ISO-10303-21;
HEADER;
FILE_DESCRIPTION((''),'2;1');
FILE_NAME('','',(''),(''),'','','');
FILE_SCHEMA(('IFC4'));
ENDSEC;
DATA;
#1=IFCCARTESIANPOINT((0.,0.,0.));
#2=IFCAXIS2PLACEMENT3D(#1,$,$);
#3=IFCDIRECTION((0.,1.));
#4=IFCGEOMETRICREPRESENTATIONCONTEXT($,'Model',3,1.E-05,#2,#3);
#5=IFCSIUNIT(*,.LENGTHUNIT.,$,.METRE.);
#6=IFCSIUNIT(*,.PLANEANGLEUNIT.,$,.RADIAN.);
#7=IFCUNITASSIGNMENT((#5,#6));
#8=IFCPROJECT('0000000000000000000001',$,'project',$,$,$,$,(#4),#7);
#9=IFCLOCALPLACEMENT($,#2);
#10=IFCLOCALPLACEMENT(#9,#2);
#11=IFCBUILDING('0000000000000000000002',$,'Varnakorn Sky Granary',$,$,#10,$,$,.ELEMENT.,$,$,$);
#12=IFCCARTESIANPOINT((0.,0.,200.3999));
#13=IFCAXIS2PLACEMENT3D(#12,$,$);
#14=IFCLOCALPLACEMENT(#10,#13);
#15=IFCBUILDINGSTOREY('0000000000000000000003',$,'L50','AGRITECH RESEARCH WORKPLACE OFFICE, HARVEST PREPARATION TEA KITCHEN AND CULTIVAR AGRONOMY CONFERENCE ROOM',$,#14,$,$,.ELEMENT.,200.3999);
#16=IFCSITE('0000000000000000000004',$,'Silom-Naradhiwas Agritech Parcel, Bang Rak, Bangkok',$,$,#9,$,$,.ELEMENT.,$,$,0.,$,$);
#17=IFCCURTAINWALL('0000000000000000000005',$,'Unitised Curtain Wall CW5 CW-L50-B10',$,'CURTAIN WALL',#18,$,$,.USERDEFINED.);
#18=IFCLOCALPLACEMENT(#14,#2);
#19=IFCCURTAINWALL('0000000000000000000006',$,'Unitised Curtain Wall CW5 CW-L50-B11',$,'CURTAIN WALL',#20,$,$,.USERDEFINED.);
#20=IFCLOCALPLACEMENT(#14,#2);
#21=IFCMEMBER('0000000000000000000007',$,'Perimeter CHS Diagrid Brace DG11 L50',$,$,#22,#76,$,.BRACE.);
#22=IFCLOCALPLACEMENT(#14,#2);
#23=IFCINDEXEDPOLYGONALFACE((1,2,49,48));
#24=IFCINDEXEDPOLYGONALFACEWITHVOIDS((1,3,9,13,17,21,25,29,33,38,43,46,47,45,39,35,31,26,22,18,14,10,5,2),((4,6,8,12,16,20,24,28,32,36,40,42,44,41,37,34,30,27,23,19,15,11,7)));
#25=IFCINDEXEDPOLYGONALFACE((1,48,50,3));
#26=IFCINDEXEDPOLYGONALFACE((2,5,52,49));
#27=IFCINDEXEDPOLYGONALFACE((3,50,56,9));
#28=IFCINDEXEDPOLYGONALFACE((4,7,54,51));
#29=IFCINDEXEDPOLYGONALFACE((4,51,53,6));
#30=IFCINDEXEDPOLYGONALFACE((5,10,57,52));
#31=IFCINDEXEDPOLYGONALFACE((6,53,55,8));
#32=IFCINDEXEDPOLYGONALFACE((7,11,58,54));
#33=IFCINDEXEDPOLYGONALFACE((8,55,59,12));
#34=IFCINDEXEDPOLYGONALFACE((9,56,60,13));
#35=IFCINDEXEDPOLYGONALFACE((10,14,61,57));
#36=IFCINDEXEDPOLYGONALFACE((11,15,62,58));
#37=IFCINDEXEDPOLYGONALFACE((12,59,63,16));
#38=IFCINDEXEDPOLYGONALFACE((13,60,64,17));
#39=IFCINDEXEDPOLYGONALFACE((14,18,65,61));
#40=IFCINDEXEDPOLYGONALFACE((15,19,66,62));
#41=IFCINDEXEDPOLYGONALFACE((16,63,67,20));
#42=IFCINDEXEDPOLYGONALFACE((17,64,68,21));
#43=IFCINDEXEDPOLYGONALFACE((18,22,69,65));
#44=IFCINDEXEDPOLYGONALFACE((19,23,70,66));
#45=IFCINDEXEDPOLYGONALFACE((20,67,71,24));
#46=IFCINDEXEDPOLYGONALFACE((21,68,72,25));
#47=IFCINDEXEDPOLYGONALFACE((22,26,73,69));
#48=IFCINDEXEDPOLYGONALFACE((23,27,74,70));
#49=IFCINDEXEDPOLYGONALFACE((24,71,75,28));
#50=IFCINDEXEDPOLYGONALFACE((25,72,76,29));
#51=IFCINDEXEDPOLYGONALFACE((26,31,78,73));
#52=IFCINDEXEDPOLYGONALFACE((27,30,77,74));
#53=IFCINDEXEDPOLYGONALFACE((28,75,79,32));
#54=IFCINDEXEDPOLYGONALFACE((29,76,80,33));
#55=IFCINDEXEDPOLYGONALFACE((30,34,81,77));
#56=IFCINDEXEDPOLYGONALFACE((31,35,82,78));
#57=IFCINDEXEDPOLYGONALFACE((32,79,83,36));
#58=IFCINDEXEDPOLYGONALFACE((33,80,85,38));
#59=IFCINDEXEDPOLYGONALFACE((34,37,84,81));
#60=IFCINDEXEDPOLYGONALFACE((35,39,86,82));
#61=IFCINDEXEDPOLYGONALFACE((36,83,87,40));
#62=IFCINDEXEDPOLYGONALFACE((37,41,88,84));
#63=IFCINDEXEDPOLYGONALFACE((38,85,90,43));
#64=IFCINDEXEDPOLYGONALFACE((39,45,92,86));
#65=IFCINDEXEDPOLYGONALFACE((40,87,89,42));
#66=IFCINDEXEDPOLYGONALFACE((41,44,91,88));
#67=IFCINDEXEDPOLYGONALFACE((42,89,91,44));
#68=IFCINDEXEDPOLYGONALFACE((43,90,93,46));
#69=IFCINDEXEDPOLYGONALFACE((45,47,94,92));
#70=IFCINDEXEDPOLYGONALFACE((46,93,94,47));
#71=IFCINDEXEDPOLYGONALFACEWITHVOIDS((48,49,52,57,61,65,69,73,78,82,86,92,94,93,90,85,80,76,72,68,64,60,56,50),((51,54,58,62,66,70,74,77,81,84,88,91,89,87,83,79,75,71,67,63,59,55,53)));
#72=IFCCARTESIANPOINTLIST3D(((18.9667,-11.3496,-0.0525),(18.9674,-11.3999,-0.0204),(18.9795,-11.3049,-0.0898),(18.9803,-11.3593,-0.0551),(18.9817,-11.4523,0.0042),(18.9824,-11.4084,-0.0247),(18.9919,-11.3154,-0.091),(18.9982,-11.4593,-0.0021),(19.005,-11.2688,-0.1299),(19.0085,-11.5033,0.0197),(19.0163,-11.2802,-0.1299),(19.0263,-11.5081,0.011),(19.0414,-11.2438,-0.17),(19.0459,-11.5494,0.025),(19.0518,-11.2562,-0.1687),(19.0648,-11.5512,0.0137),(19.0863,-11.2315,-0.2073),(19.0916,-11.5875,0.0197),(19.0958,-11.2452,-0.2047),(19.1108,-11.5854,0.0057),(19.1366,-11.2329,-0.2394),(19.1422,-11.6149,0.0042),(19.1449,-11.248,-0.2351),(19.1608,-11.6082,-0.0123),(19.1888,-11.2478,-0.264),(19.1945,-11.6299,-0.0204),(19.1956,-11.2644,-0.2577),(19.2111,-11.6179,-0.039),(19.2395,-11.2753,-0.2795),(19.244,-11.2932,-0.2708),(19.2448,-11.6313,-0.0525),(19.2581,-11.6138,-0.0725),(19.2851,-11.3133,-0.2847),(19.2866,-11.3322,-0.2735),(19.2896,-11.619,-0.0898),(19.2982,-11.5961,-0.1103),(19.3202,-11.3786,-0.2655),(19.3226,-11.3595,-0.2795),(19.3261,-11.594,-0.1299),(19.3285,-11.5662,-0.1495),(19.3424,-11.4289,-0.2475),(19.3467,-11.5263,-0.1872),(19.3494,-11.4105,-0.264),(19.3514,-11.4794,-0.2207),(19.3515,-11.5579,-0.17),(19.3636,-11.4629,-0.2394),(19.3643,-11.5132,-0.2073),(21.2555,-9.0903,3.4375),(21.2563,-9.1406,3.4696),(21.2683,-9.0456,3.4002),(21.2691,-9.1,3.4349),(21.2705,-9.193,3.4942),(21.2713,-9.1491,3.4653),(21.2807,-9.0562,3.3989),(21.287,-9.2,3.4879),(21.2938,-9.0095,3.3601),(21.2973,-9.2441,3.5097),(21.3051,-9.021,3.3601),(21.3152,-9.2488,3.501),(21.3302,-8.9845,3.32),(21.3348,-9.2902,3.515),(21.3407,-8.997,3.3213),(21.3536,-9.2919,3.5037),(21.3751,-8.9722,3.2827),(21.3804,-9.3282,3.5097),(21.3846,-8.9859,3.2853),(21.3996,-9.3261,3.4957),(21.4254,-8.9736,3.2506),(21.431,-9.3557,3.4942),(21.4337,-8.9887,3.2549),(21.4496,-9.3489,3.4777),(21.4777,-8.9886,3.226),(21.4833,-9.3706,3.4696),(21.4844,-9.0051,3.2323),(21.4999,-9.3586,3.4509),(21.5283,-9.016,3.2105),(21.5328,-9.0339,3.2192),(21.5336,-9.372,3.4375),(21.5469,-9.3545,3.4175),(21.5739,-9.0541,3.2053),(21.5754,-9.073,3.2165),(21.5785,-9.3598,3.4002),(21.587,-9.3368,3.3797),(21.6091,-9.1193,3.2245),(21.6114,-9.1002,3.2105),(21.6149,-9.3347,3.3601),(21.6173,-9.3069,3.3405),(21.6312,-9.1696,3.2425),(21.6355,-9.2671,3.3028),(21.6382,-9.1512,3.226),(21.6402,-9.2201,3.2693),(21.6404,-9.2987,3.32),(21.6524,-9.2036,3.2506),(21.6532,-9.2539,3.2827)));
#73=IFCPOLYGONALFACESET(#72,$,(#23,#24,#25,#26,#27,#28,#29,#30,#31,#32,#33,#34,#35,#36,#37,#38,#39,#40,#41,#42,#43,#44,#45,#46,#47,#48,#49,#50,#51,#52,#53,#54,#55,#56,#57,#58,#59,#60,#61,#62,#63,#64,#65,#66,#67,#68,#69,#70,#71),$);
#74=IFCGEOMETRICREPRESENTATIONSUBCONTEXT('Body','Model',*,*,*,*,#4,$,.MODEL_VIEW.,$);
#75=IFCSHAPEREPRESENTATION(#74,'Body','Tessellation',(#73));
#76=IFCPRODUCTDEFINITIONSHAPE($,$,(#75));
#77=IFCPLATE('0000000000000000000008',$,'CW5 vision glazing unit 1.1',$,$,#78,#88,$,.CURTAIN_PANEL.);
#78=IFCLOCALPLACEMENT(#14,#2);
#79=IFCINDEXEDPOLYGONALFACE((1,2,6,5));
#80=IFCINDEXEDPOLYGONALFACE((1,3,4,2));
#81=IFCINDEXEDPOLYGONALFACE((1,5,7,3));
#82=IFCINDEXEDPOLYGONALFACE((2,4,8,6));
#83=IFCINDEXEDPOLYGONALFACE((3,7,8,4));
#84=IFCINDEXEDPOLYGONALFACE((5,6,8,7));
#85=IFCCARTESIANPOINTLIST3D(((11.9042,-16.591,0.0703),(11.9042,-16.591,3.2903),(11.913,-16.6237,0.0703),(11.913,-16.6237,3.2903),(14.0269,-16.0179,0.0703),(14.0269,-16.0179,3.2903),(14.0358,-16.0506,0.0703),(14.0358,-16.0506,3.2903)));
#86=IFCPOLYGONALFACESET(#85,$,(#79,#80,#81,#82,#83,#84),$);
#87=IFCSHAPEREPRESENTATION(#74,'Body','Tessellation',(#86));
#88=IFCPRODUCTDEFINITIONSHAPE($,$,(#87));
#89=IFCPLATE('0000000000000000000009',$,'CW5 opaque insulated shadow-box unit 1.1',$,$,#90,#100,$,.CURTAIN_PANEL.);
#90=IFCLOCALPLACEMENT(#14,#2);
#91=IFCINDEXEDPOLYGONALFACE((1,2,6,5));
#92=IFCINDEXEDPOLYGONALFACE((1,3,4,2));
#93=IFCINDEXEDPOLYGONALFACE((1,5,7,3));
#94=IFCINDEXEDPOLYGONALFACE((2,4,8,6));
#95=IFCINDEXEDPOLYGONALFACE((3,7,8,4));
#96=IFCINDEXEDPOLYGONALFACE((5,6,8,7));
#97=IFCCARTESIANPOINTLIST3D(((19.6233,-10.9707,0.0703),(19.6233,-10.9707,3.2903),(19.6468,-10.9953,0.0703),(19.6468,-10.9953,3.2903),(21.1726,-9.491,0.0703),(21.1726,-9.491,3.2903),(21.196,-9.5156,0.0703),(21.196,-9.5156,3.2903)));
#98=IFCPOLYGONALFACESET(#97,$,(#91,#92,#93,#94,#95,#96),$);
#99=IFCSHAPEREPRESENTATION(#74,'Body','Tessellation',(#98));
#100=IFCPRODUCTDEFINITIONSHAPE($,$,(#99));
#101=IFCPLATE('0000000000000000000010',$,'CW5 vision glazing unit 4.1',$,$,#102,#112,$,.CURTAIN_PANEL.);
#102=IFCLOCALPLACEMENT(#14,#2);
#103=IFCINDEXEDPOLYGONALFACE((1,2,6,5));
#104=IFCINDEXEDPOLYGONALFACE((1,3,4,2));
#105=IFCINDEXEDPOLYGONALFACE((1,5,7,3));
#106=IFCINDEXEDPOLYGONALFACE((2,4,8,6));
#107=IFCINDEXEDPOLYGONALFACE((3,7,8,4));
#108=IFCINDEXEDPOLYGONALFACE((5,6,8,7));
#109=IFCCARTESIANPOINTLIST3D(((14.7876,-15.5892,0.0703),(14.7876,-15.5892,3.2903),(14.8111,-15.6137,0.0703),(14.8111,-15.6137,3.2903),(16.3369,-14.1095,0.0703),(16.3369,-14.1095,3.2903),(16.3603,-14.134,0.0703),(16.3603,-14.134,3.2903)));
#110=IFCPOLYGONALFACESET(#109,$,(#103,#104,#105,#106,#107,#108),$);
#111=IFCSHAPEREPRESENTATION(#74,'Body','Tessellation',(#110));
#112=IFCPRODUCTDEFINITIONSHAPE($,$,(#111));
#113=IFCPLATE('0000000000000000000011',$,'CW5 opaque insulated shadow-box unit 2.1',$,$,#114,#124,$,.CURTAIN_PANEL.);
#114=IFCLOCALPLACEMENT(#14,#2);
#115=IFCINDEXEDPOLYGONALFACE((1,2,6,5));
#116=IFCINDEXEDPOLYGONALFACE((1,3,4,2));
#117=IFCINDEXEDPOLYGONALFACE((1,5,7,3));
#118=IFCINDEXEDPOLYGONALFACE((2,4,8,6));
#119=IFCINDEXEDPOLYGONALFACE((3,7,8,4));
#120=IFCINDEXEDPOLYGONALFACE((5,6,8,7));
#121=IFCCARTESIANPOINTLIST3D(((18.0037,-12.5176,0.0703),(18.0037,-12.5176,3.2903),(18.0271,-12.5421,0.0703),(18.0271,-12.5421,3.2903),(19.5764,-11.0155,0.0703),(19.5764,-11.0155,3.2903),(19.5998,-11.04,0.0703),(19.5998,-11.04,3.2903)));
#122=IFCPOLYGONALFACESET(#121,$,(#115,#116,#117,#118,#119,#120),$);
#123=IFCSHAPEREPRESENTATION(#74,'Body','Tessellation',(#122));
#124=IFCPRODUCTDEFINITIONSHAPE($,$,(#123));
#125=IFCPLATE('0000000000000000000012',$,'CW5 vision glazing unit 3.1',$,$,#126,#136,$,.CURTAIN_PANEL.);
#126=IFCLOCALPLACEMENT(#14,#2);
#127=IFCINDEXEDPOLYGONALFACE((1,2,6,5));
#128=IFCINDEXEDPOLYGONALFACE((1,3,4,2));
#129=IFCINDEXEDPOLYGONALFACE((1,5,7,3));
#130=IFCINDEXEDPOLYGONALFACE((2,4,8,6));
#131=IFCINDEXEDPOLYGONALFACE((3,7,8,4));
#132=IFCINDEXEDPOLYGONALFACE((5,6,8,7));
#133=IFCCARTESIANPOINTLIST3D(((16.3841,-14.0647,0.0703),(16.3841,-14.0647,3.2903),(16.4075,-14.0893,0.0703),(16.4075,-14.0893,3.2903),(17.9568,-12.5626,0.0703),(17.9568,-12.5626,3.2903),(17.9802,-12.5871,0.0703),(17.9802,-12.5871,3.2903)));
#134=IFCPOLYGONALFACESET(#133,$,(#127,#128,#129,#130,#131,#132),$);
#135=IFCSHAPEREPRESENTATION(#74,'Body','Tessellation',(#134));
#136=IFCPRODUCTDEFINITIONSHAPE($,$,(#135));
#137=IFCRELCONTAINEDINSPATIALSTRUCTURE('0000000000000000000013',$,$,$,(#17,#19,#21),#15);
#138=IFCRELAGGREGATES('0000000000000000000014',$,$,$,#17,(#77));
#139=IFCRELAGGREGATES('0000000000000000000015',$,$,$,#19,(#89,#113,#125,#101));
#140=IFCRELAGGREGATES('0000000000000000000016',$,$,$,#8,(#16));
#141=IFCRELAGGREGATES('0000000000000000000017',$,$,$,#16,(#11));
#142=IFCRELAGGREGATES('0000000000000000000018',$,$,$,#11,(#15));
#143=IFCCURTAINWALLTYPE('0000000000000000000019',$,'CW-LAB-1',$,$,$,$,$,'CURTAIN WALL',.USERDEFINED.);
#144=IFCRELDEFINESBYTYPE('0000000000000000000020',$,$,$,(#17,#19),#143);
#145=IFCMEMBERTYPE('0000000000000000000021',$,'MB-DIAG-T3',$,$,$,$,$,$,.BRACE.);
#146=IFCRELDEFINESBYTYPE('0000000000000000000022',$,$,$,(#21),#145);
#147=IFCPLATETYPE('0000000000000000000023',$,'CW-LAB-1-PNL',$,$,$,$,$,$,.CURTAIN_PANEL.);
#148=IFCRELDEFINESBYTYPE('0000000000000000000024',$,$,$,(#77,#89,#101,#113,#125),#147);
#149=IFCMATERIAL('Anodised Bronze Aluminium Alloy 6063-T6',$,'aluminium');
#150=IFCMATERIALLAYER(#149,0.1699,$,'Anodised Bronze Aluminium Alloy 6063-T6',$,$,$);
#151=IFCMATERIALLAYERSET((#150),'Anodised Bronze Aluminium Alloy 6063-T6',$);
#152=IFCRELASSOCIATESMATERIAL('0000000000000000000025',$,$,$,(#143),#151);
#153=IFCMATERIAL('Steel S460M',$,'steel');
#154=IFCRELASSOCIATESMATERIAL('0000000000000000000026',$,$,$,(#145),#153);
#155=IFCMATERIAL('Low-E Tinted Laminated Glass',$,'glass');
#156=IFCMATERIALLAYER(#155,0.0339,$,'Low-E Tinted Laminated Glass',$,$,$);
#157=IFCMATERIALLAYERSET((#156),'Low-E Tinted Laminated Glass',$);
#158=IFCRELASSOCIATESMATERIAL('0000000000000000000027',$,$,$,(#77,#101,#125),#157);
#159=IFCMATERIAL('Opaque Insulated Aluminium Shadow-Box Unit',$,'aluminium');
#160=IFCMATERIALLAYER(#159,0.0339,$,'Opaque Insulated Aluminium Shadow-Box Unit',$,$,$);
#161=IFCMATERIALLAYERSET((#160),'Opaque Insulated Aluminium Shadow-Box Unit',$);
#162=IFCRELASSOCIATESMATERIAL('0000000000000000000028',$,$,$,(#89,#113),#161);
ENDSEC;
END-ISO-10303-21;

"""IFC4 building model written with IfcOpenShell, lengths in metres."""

from ifc_helpers import new_model, si_unit, direction, frame, origin, origin_2d, place, context, subcontext, project, spatial, rectangle, hollow_circle, extrude, source, transform, mapped, material, layer, layer_set, material_profile, profile_set, type_object, type_shapes, element, aggregate, save


model = new_model("IFC4")

# Units and contexts
model_context = context("Model", 3, precision=1e-05, world=origin(), true_north=direction((0.0, 1.0)))
body_context = subcontext(model_context, "Body", "Model", "MODEL_VIEW")
ifc_project = project(units=[si_unit("LENGTHUNIT", "METRE"), si_unit("PLANEANGLEUNIT", "RADIAN")], contexts=[model_context])

# Site, building, storey
site_placement = place(None, origin())
site = spatial("IfcSite", under=ifc_project, at=site_placement, Name="Silom-Naradhiwas Agritech Parcel, Bang Rak, Bangkok", CompositionType="ELEMENT", RefElevation=0.0)
building_placement = place(site_placement, origin())
building = spatial("IfcBuilding", under=site, at=building_placement, Name="Varnakorn Sky Granary", CompositionType="ELEMENT")
storey_placement = place(building_placement, frame((0.0, 0.0, 200.3999)))
storey = spatial("IfcBuildingStorey", under=building, at=storey_placement, Name="L50", Description="AGRITECH RESEARCH WORKPLACE OFFICE, HARVEST PREPARATION TEA KITCHEN AND CULTIVAR AGRONOMY CONFERENCE ROOM", CompositionType="ELEMENT", Elevation=200.3999)

# Shared definitions
ifc_material_1 = material(Name="Steel S460M", Category="steel")

# Curtain walls
ifc_material_2 = material(Name="Anodised Bronze Aluminium Alloy 6063-T6", Category="aluminium")
ifc_layer_1 = layer(ifc_material_2, 0.1699, Name="Anodised Bronze Aluminium Alloy 6063-T6")
ifc_layer_set_1 = layer_set([ifc_layer_1], Name="Anodised Bronze Aluminium Alloy 6063-T6")
curtain_wall_type = type_object("IfcCurtainWallType", Name="CW-LAB-1", ElementType="CURTAIN WALL", PredefinedType="USERDEFINED", material=ifc_layer_set_1)
curtain_wall_1_placement = place(storey_placement, origin())
curtain_wall_1 = element("IfcCurtainWall", 1, at=curtain_wall_1_placement, inside=storey, type_object=curtain_wall_type, Name="Unitised Curtain Wall CW5 CW-L50-B10", ObjectType="CURTAIN WALL", PredefinedType="USERDEFINED")
curtain_wall_2_placement = place(storey_placement, origin())
curtain_wall_2 = element("IfcCurtainWall", 2, at=curtain_wall_2_placement, inside=storey, type_object=curtain_wall_type, Name="Unitised Curtain Wall CW5 CW-L50-B11", ObjectType="CURTAIN WALL", PredefinedType="USERDEFINED")

# Member
ifc_material_profile_1 = material_profile(ifc_material_1, hollow_circle(Radius=0.2285, WallThickness=0.0161, at=origin_2d()), Name="CHS 457x16")
ifc_profile_set_1 = profile_set([ifc_material_profile_1], Name="Steel S460M")
member_type_1 = type_object("IfcMemberType", Name="MB-DIAG-T3", PredefinedType="BRACE", material=ifc_profile_set_1)
member_1_placement = place(storey_placement, frame((19.1655, -11.4314, -0.1299), z_axis=(0.482278, 0.476054, 0.735378), x_axis=(-0.702499, 0.711685, 0.0)))
element("IfcMember", 3, at=member_1_placement, inside=storey, type_object=member_type_1, Name="Perimeter CHS Diagrid Brace DG11 L50", PredefinedType="BRACE", context=body_context, shape_type="SweptSolid", body=[
    extrude(hollow_circle(Radius=0.2285, WallThickness=0.0161, at=origin_2d()), origin(), (0.0, 0.0, 1.0), 4.7458),
])

# Plates
ifc_material_3 = material(Name="Low-E Tinted Laminated Glass", Category="glass")
ifc_layer_2 = layer(ifc_material_3, 0.0339, Name="Low-E Tinted Laminated Glass")
ifc_layer_set_2 = layer_set([ifc_layer_2], Name="Low-E Tinted Laminated Glass")
plate_type = type_object("IfcPlateType", Name="CW-LAB-1-PNL", PredefinedType="CURTAIN_PANEL")
shared_shape_1 = source(origin(), body_context, "Body", "SweptSolid", [
    extrude(rectangle(XDim=2.1987, YDim=0.0339, at=origin_2d()), origin(), (0.0, 0.0, 1.0), 3.22),
])
plate_1_placement = place(storey_placement, frame((12.97, -16.3208, 0.0703), z_axis=(0.0, 0.0, 1.0), x_axis=(-0.965435, -0.260643, 0.0)))
plate_1 = element("IfcPlate", 4, at=plate_1_placement, type_object=plate_type, material=ifc_layer_set_2, Name="CW5 vision glazing unit 1.1", PredefinedType="CURTAIN_PANEL", context=body_context, shape_type="MappedRepresentation", body=[
    mapped(shared_shape_1, transform((0.0, 0.0, 0.0), x_axis=(1.0, 0.0, 0.0), y_axis=(0.0, 1.0, 0.0), z_axis=(0.0, 0.0, 1.0), scale=1.0)),
])
aggregate(curtain_wall_1, [plate_1])
ifc_material_4 = material(Name="Opaque Insulated Aluminium Shadow-Box Unit", Category="aluminium")
ifc_layer_3 = layer(ifc_material_4, 0.0339, Name="Opaque Insulated Aluminium Shadow-Box Unit")
ifc_layer_set_3 = layer_set([ifc_layer_3], Name="Opaque Insulated Aluminium Shadow-Box Unit")
shared_shape_2 = source(origin(), body_context, "Body", "SweptSolid", [
    extrude(rectangle(XDim=2.1423, YDim=0.0339, at=origin_2d()), origin(), (0.0, 0.0, 1.0), 3.22),
])
plate_2_placement = place(storey_placement, frame((20.4097, -10.2432, 0.0703), z_axis=(0.0, 0.0, 1.0), x_axis=(-0.723144, -0.690697, 0.0)))
plate_2 = element("IfcPlate", 5, at=plate_2_placement, type_object=plate_type, material=ifc_layer_set_3, Name="CW5 opaque insulated shadow-box unit 1.1", PredefinedType="CURTAIN_PANEL", context=body_context, shape_type="MappedRepresentation", body=[
    mapped(shared_shape_2, transform((0.0, 0.0, 0.0), x_axis=(1.0, 0.0, 0.0), y_axis=(0.0, 1.0, 0.0), z_axis=(0.0, 0.0, 1.0), scale=1.0)),
])
plate_3_placement = place(storey_placement, frame((15.574, -14.8616, 0.0703), z_axis=(0.0, 0.0, 1.0), x_axis=(-0.723144, -0.690697, 0.0)))
plate_3 = element("IfcPlate", 6, at=plate_3_placement, type_object=plate_type, material=ifc_layer_set_2, Name="CW5 vision glazing unit 4.1", PredefinedType="CURTAIN_PANEL", context=body_context, shape_type="MappedRepresentation", body=[
    mapped(shared_shape_2, transform((0.0, 0.0, 0.0), x_axis=(1.0, 0.0, 0.0), y_axis=(0.0, 1.0, 0.0), z_axis=(0.0, 0.0, 1.0), scale=1.0)),
])
shared_shape_3 = source(origin(), body_context, "Body", "SweptSolid", [
    extrude(rectangle(XDim=2.1748, YDim=0.0339, at=origin_2d()), origin(), (0.0, 0.0, 1.0), 3.22),
])
type_shapes(plate_type, [shared_shape_1, shared_shape_2, shared_shape_3])
plate_4_placement = place(storey_placement, frame((18.8018, -11.7788, 0.0703), z_axis=(0.0, 0.0, 1.0), x_axis=(-0.723144, -0.690697, 0.0)))
plate_4 = element("IfcPlate", 7, at=plate_4_placement, type_object=plate_type, material=ifc_layer_set_3, Name="CW5 opaque insulated shadow-box unit 2.1", PredefinedType="CURTAIN_PANEL", context=body_context, shape_type="MappedRepresentation", body=[
    mapped(shared_shape_3, transform((0.0, 0.0, 0.0), x_axis=(1.0, 0.0, 0.0), y_axis=(0.0, 1.0, 0.0), z_axis=(0.0, 0.0, 1.0), scale=1.0)),
])
plate_5_placement = place(storey_placement, frame((17.1821, -13.3259, 0.0703), z_axis=(0.0, 0.0, 1.0), x_axis=(-0.723144, -0.690697, 0.0)))
plate_5 = element("IfcPlate", 8, at=plate_5_placement, type_object=plate_type, material=ifc_layer_set_2, Name="CW5 vision glazing unit 3.1", PredefinedType="CURTAIN_PANEL", context=body_context, shape_type="MappedRepresentation", body=[
    mapped(shared_shape_3, transform((0.0, 0.0, 0.0), x_axis=(1.0, 0.0, 0.0), y_axis=(0.0, 1.0, 0.0), z_axis=(0.0, 0.0, 1.0), scale=1.0)),
])
aggregate(curtain_wall_2, [plate_2, plate_4, plate_5, plate_3])

save(model, "model.ifc")
